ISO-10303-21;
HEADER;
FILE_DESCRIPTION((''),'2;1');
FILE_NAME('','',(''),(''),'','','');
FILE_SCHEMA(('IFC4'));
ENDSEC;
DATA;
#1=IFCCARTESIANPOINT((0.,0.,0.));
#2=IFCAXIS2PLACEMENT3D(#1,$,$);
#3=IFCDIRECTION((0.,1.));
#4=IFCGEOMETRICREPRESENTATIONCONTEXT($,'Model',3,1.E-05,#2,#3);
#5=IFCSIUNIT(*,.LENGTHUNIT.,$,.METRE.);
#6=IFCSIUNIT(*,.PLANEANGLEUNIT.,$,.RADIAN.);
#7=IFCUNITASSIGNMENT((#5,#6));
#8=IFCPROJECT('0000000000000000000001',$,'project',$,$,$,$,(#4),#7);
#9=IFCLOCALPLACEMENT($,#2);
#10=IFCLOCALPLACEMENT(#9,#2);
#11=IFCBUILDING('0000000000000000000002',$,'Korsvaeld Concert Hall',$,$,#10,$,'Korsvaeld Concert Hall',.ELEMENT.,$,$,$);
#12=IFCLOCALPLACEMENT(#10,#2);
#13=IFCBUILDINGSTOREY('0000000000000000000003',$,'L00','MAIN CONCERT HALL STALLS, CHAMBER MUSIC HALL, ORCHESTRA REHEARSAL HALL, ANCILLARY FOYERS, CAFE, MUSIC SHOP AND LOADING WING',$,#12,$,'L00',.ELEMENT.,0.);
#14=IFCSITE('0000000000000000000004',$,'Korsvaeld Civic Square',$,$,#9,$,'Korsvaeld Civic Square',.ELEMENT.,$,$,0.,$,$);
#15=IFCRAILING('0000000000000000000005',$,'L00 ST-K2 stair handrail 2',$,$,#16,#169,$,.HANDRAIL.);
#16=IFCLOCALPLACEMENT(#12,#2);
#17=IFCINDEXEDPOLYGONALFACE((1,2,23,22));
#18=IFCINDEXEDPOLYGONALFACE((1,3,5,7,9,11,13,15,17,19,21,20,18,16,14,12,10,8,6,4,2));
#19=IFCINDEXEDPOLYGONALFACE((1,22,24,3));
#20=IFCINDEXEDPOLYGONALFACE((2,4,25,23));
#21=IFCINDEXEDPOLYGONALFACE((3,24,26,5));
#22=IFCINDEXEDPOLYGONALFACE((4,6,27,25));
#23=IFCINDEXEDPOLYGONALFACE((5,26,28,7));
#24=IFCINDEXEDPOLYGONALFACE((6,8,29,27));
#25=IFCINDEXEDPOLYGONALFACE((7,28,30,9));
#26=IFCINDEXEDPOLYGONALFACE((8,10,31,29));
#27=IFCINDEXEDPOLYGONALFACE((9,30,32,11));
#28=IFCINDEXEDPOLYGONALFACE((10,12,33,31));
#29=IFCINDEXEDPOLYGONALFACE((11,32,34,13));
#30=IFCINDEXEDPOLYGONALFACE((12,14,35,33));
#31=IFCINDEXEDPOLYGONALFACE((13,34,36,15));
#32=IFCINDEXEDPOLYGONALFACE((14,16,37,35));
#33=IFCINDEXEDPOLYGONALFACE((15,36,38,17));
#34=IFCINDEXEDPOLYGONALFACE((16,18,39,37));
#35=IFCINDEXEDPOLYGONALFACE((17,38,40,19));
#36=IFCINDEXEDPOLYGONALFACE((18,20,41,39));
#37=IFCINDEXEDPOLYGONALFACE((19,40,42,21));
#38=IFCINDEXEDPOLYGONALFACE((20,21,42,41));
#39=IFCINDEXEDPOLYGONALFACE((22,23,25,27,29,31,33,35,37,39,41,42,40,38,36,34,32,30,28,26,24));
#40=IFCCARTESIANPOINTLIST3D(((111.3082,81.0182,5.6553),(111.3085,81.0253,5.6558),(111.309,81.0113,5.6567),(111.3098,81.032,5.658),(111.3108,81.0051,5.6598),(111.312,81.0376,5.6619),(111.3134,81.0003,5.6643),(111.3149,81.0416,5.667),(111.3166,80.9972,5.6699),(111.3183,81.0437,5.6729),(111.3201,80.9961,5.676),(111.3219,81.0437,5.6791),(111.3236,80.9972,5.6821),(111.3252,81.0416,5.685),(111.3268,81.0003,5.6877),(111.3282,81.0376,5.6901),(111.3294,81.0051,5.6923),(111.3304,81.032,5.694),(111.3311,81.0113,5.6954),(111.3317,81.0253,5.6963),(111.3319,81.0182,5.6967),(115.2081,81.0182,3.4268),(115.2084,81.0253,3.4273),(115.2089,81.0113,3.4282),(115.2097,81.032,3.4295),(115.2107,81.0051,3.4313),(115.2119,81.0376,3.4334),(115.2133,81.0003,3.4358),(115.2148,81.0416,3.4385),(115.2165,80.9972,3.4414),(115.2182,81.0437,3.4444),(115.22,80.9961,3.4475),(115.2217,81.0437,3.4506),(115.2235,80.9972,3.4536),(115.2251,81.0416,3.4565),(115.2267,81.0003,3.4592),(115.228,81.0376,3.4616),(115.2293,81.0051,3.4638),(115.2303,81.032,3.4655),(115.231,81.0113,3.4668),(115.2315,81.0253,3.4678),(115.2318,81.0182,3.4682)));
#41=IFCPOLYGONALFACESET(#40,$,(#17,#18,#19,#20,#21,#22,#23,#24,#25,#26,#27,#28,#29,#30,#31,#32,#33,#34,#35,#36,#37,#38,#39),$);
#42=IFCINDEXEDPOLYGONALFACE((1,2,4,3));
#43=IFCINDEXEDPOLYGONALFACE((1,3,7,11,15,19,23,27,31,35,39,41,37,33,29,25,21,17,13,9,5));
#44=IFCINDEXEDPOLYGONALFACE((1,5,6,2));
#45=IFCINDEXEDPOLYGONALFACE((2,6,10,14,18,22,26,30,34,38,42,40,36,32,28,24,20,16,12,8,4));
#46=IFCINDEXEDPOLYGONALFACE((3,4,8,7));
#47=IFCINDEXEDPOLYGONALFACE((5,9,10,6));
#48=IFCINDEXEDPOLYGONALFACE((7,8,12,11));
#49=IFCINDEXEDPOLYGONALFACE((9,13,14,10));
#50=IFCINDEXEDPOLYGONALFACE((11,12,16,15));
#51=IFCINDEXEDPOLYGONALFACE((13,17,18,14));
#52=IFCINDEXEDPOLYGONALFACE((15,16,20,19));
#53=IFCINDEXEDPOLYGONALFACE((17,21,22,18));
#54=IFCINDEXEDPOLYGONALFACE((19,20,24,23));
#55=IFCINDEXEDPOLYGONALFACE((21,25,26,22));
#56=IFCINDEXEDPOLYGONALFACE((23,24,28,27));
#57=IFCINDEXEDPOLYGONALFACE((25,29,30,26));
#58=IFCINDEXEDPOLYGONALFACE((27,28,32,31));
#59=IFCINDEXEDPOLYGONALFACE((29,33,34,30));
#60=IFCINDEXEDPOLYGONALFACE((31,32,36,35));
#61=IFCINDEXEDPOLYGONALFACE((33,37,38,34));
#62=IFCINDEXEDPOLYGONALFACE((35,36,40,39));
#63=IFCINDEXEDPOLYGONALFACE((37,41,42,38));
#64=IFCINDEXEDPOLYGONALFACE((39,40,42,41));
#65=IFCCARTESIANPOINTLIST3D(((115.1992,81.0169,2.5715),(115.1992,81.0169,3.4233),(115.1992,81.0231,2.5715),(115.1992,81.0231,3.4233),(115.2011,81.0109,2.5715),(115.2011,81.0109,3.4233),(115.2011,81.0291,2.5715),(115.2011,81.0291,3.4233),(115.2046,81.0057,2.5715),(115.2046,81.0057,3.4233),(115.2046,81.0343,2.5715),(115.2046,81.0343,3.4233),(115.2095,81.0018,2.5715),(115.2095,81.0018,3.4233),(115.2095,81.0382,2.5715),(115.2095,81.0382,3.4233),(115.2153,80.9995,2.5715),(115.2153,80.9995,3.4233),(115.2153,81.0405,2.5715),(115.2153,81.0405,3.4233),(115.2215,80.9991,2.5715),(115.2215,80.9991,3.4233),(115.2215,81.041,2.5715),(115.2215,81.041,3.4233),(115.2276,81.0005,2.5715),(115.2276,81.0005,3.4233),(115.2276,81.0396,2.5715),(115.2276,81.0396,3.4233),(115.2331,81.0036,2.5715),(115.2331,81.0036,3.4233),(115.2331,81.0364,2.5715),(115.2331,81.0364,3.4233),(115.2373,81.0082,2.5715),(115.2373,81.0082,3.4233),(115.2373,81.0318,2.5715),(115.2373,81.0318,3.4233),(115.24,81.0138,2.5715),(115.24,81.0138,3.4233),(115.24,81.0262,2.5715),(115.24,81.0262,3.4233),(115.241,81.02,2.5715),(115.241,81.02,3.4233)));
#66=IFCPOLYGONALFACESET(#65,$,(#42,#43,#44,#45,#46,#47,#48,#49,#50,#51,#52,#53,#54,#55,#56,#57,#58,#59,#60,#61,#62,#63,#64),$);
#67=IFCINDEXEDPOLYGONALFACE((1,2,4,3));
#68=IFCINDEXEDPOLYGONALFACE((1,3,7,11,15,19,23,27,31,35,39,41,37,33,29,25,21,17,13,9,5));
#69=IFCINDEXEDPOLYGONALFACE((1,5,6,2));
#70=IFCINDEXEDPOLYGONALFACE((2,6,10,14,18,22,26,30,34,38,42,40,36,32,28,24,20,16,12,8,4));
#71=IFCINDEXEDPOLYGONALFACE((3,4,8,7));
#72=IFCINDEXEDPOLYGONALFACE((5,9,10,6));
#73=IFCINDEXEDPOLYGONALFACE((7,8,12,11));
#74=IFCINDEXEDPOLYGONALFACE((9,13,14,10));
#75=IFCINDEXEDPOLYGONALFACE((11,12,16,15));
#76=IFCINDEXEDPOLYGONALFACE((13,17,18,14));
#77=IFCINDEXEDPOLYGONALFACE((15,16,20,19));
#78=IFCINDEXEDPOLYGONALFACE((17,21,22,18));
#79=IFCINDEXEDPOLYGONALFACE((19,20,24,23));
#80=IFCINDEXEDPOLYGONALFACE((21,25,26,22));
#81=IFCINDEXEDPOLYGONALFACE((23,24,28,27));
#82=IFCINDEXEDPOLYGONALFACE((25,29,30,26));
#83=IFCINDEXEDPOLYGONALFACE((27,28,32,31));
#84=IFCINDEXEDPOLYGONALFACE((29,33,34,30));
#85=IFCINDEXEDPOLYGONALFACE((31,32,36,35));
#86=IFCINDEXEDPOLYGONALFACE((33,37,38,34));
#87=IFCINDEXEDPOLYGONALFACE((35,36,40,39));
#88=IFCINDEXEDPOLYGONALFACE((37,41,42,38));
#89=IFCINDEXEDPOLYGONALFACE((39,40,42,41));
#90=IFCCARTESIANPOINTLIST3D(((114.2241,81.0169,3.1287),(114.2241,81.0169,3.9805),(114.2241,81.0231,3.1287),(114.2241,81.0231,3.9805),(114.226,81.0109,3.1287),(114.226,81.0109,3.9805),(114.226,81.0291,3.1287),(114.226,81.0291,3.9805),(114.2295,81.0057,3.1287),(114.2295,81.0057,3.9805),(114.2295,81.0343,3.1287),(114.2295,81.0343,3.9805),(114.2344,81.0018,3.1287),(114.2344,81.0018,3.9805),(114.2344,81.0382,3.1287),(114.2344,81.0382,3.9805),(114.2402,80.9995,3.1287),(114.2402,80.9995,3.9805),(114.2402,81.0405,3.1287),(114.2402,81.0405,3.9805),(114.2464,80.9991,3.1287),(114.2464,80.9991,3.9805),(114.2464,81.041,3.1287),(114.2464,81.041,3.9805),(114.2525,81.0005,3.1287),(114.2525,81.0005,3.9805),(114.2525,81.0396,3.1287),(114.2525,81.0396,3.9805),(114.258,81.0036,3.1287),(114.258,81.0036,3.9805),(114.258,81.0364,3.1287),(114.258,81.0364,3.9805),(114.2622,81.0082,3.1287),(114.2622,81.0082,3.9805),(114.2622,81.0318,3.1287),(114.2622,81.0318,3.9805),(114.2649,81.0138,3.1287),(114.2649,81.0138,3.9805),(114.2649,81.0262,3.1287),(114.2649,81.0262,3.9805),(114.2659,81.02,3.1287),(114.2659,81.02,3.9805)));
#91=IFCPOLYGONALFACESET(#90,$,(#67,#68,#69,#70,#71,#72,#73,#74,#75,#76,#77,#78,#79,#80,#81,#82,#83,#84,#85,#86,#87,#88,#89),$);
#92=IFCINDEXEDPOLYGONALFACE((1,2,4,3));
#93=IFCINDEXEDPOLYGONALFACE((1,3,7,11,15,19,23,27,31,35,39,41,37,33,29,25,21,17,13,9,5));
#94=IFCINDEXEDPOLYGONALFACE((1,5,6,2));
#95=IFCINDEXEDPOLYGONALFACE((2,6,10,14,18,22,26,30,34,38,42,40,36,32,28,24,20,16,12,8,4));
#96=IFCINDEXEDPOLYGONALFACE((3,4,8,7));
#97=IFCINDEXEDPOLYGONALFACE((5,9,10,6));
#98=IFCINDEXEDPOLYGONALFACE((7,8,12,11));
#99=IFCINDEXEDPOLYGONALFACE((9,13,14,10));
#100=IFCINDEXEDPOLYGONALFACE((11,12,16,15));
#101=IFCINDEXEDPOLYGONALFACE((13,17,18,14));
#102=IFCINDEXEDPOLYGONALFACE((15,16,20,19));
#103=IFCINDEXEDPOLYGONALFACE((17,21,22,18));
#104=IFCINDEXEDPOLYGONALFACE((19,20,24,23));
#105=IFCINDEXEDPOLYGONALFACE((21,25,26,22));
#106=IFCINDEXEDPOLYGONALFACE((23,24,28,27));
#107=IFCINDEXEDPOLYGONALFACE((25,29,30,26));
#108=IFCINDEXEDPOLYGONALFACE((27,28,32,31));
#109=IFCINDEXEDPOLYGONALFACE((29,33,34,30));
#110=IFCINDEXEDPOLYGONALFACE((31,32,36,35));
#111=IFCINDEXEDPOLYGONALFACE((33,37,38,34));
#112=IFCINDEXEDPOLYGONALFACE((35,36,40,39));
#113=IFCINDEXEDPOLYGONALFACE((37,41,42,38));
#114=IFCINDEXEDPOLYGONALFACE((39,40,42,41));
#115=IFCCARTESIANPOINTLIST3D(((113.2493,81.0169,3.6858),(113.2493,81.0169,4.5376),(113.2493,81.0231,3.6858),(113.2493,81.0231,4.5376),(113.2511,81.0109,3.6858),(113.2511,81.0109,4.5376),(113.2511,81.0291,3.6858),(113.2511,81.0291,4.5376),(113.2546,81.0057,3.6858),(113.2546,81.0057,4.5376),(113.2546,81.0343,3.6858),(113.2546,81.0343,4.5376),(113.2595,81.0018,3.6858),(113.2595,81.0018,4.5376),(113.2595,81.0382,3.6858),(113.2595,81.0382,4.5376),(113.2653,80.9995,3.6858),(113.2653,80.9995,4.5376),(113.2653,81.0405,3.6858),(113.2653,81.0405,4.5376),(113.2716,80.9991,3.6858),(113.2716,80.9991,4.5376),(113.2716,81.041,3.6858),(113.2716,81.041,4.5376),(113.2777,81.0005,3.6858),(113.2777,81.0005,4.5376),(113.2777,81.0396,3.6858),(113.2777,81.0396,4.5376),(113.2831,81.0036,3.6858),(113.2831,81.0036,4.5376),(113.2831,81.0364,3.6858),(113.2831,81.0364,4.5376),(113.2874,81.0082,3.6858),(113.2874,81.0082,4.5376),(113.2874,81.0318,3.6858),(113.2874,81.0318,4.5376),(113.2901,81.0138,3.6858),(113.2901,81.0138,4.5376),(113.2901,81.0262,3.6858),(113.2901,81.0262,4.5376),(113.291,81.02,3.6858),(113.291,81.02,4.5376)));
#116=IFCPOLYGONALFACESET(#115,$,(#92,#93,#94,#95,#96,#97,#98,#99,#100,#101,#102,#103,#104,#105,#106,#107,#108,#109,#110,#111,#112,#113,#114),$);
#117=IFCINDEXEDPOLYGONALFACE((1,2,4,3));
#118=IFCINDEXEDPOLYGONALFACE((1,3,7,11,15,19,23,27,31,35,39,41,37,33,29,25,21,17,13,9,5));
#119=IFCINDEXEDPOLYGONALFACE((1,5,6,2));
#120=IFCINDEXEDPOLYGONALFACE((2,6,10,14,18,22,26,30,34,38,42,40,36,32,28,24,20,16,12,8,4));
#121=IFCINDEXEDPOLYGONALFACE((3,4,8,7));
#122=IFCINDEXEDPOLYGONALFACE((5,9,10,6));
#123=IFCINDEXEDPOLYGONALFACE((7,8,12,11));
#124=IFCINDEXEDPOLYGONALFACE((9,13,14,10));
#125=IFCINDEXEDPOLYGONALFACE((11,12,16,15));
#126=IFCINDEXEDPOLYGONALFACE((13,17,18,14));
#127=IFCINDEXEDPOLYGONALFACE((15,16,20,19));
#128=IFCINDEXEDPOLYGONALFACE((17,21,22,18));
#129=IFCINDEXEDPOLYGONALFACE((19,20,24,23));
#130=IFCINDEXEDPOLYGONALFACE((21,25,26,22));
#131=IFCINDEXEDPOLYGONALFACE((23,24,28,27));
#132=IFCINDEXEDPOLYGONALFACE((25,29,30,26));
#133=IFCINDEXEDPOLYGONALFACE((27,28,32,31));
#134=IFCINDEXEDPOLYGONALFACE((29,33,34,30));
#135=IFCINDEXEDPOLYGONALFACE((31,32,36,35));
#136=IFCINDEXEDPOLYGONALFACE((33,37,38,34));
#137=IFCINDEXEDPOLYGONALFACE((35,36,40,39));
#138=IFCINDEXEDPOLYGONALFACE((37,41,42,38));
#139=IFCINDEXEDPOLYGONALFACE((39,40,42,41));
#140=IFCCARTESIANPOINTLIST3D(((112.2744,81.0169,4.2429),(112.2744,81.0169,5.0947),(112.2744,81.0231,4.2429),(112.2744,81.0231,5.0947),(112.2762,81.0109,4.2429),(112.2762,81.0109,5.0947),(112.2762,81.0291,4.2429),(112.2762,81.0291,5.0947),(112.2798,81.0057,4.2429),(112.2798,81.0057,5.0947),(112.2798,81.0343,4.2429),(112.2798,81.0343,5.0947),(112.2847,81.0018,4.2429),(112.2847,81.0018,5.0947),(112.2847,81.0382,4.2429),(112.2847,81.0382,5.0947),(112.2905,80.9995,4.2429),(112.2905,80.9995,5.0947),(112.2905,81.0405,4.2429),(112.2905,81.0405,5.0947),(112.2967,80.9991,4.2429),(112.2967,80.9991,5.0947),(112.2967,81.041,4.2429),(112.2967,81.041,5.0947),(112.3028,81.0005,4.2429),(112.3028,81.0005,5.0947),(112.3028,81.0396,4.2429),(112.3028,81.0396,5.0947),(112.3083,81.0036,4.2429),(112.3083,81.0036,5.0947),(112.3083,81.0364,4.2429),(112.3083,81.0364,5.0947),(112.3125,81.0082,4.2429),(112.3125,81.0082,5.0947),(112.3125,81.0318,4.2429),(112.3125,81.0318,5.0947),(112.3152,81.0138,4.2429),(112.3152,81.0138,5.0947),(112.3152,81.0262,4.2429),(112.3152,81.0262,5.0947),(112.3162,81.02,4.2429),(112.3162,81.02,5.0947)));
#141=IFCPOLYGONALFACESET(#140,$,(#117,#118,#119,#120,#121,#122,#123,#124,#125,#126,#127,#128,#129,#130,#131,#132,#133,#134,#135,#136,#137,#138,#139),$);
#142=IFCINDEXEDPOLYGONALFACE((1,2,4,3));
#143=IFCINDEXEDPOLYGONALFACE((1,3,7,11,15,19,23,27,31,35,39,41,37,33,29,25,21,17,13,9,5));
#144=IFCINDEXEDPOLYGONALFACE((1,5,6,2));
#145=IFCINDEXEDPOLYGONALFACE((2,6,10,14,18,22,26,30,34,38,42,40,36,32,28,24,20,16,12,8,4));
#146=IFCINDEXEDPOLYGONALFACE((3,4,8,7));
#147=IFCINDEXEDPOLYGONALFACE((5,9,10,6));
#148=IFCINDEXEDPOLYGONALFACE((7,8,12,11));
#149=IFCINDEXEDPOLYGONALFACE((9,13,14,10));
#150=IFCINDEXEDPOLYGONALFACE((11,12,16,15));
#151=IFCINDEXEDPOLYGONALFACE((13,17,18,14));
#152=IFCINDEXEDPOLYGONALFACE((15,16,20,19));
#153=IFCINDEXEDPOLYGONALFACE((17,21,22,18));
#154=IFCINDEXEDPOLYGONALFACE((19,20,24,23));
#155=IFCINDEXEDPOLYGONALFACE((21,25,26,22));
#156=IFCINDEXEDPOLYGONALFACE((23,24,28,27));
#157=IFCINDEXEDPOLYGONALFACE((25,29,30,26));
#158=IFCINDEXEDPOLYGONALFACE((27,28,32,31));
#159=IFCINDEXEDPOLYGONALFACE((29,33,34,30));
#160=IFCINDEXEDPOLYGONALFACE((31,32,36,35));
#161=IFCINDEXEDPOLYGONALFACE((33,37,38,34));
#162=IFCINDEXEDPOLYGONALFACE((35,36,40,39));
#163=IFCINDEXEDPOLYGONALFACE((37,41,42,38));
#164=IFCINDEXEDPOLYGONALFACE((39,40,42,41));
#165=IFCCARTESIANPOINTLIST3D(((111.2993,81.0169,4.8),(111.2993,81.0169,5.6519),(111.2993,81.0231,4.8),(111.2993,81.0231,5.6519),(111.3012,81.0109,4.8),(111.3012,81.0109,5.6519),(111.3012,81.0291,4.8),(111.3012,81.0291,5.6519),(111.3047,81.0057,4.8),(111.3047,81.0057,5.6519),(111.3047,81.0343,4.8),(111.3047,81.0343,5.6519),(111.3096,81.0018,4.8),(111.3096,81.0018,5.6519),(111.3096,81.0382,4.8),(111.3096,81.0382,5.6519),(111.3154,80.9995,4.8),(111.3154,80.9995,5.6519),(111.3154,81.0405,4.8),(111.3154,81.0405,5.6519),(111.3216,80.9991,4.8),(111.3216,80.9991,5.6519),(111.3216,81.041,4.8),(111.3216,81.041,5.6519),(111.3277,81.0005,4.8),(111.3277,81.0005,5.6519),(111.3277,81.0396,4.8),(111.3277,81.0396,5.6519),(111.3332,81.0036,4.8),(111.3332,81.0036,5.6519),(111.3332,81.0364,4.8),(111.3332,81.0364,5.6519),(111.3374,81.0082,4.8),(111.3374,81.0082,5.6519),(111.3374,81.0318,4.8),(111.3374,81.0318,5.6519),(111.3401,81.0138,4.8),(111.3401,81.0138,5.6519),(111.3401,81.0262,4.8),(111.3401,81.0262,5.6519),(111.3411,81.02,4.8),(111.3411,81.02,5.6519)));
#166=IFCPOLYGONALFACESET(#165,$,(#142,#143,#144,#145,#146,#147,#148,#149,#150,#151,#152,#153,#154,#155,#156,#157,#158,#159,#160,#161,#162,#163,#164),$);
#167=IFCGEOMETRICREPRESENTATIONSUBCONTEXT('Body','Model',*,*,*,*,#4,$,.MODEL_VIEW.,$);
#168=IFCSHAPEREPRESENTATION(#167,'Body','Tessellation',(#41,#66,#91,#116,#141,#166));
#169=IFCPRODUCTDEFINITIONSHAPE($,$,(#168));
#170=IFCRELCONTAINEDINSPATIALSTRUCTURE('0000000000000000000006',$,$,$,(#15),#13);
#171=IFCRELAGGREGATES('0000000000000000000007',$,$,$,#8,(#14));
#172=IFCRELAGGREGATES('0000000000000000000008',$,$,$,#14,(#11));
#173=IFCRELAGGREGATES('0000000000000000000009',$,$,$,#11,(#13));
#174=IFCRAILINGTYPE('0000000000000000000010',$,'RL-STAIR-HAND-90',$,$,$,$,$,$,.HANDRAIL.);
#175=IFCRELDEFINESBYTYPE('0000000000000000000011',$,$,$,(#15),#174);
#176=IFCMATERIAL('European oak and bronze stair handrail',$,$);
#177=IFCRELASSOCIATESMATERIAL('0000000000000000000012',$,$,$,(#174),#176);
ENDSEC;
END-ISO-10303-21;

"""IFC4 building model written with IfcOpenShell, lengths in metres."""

from ifc_helpers import new_model, si_unit, direction, frame, origin, origin_2d, place, context, subcontext, project, spatial, circle, extrude, material, type_object, element, save


model = new_model("IFC4")

# Units and contexts
model_context = context("Model", 3, precision=1e-05, world=origin(), true_north=direction((0.0, 1.0)))
body_context = subcontext(model_context, "Body", "Model", "MODEL_VIEW")
ifc_project = project(units=[si_unit("LENGTHUNIT", "METRE"), si_unit("PLANEANGLEUNIT", "RADIAN")], contexts=[model_context])

# Site, building, storey
site_placement = place(None, origin())
site = spatial("IfcSite", under=ifc_project, at=site_placement, Name="Korsvaeld Civic Square", LongName="Korsvaeld Civic Square", CompositionType="ELEMENT", RefElevation=0.0)
building_placement = place(site_placement, origin())
building = spatial("IfcBuilding", under=site, at=building_placement, Name="Korsvaeld Concert Hall", LongName="Korsvaeld Concert Hall", CompositionType="ELEMENT")
storey_placement = place(building_placement, origin())
storey = spatial("IfcBuildingStorey", under=building, at=storey_placement, Name="L00", Description="MAIN CONCERT HALL STALLS, CHAMBER MUSIC HALL, ORCHESTRA REHEARSAL HALL, ANCILLARY FOYERS, CAFE, MUSIC SHOP AND LOADING WING", LongName="L00", CompositionType="ELEMENT", Elevation=0.0)

# Railing
ifc_material_1 = material(Name="European oak and bronze stair handrail")
railing_type_1 = type_object("IfcRailingType", Name="RL-STAIR-HAND-90", PredefinedType="HANDRAIL", material=ifc_material_1)
railing_1_placement = place(storey_placement, frame((115.22, 81.02, 2.5715)))
element("IfcRailing", 1, at=railing_1_placement, inside=storey, type_object=railing_type_1, Name="L00 ST-K2 stair handrail 2", PredefinedType="HANDRAIL", context=body_context, shape_type="SweptSolid", body=[
    extrude(circle(Radius=0.0239, at=origin_2d()), frame((0.0, 0.0, 0.876), z_axis=(-0.868243, 0.0, 0.496139), x_axis=(0.0, -1.0, 0.0)), (0.0, 0.0, 1.0), 4.4917),
    extrude(circle(Radius=0.021, at=origin_2d()), origin(), (0.0, 0.0, 1.0), 0.8518),
    extrude(circle(Radius=0.021, at=origin_2d()), frame((-0.9751, 0.0, 0.5571)), (0.0, 0.0, 1.0), 0.8518),
    extrude(circle(Radius=0.021, at=origin_2d()), frame((-1.95, 0.0, 1.1143)), (0.0, 0.0, 1.0), 0.8518),
    extrude(circle(Radius=0.021, at=origin_2d()), frame((-2.9248, 0.0, 1.6714)), (0.0, 0.0, 1.0), 0.8518),
    extrude(circle(Radius=0.021, at=origin_2d()), frame((-3.8999, 0.0, 2.2285)), (0.0, 0.0, 1.0), 0.8518),
])

save(model, "model.ifc")
